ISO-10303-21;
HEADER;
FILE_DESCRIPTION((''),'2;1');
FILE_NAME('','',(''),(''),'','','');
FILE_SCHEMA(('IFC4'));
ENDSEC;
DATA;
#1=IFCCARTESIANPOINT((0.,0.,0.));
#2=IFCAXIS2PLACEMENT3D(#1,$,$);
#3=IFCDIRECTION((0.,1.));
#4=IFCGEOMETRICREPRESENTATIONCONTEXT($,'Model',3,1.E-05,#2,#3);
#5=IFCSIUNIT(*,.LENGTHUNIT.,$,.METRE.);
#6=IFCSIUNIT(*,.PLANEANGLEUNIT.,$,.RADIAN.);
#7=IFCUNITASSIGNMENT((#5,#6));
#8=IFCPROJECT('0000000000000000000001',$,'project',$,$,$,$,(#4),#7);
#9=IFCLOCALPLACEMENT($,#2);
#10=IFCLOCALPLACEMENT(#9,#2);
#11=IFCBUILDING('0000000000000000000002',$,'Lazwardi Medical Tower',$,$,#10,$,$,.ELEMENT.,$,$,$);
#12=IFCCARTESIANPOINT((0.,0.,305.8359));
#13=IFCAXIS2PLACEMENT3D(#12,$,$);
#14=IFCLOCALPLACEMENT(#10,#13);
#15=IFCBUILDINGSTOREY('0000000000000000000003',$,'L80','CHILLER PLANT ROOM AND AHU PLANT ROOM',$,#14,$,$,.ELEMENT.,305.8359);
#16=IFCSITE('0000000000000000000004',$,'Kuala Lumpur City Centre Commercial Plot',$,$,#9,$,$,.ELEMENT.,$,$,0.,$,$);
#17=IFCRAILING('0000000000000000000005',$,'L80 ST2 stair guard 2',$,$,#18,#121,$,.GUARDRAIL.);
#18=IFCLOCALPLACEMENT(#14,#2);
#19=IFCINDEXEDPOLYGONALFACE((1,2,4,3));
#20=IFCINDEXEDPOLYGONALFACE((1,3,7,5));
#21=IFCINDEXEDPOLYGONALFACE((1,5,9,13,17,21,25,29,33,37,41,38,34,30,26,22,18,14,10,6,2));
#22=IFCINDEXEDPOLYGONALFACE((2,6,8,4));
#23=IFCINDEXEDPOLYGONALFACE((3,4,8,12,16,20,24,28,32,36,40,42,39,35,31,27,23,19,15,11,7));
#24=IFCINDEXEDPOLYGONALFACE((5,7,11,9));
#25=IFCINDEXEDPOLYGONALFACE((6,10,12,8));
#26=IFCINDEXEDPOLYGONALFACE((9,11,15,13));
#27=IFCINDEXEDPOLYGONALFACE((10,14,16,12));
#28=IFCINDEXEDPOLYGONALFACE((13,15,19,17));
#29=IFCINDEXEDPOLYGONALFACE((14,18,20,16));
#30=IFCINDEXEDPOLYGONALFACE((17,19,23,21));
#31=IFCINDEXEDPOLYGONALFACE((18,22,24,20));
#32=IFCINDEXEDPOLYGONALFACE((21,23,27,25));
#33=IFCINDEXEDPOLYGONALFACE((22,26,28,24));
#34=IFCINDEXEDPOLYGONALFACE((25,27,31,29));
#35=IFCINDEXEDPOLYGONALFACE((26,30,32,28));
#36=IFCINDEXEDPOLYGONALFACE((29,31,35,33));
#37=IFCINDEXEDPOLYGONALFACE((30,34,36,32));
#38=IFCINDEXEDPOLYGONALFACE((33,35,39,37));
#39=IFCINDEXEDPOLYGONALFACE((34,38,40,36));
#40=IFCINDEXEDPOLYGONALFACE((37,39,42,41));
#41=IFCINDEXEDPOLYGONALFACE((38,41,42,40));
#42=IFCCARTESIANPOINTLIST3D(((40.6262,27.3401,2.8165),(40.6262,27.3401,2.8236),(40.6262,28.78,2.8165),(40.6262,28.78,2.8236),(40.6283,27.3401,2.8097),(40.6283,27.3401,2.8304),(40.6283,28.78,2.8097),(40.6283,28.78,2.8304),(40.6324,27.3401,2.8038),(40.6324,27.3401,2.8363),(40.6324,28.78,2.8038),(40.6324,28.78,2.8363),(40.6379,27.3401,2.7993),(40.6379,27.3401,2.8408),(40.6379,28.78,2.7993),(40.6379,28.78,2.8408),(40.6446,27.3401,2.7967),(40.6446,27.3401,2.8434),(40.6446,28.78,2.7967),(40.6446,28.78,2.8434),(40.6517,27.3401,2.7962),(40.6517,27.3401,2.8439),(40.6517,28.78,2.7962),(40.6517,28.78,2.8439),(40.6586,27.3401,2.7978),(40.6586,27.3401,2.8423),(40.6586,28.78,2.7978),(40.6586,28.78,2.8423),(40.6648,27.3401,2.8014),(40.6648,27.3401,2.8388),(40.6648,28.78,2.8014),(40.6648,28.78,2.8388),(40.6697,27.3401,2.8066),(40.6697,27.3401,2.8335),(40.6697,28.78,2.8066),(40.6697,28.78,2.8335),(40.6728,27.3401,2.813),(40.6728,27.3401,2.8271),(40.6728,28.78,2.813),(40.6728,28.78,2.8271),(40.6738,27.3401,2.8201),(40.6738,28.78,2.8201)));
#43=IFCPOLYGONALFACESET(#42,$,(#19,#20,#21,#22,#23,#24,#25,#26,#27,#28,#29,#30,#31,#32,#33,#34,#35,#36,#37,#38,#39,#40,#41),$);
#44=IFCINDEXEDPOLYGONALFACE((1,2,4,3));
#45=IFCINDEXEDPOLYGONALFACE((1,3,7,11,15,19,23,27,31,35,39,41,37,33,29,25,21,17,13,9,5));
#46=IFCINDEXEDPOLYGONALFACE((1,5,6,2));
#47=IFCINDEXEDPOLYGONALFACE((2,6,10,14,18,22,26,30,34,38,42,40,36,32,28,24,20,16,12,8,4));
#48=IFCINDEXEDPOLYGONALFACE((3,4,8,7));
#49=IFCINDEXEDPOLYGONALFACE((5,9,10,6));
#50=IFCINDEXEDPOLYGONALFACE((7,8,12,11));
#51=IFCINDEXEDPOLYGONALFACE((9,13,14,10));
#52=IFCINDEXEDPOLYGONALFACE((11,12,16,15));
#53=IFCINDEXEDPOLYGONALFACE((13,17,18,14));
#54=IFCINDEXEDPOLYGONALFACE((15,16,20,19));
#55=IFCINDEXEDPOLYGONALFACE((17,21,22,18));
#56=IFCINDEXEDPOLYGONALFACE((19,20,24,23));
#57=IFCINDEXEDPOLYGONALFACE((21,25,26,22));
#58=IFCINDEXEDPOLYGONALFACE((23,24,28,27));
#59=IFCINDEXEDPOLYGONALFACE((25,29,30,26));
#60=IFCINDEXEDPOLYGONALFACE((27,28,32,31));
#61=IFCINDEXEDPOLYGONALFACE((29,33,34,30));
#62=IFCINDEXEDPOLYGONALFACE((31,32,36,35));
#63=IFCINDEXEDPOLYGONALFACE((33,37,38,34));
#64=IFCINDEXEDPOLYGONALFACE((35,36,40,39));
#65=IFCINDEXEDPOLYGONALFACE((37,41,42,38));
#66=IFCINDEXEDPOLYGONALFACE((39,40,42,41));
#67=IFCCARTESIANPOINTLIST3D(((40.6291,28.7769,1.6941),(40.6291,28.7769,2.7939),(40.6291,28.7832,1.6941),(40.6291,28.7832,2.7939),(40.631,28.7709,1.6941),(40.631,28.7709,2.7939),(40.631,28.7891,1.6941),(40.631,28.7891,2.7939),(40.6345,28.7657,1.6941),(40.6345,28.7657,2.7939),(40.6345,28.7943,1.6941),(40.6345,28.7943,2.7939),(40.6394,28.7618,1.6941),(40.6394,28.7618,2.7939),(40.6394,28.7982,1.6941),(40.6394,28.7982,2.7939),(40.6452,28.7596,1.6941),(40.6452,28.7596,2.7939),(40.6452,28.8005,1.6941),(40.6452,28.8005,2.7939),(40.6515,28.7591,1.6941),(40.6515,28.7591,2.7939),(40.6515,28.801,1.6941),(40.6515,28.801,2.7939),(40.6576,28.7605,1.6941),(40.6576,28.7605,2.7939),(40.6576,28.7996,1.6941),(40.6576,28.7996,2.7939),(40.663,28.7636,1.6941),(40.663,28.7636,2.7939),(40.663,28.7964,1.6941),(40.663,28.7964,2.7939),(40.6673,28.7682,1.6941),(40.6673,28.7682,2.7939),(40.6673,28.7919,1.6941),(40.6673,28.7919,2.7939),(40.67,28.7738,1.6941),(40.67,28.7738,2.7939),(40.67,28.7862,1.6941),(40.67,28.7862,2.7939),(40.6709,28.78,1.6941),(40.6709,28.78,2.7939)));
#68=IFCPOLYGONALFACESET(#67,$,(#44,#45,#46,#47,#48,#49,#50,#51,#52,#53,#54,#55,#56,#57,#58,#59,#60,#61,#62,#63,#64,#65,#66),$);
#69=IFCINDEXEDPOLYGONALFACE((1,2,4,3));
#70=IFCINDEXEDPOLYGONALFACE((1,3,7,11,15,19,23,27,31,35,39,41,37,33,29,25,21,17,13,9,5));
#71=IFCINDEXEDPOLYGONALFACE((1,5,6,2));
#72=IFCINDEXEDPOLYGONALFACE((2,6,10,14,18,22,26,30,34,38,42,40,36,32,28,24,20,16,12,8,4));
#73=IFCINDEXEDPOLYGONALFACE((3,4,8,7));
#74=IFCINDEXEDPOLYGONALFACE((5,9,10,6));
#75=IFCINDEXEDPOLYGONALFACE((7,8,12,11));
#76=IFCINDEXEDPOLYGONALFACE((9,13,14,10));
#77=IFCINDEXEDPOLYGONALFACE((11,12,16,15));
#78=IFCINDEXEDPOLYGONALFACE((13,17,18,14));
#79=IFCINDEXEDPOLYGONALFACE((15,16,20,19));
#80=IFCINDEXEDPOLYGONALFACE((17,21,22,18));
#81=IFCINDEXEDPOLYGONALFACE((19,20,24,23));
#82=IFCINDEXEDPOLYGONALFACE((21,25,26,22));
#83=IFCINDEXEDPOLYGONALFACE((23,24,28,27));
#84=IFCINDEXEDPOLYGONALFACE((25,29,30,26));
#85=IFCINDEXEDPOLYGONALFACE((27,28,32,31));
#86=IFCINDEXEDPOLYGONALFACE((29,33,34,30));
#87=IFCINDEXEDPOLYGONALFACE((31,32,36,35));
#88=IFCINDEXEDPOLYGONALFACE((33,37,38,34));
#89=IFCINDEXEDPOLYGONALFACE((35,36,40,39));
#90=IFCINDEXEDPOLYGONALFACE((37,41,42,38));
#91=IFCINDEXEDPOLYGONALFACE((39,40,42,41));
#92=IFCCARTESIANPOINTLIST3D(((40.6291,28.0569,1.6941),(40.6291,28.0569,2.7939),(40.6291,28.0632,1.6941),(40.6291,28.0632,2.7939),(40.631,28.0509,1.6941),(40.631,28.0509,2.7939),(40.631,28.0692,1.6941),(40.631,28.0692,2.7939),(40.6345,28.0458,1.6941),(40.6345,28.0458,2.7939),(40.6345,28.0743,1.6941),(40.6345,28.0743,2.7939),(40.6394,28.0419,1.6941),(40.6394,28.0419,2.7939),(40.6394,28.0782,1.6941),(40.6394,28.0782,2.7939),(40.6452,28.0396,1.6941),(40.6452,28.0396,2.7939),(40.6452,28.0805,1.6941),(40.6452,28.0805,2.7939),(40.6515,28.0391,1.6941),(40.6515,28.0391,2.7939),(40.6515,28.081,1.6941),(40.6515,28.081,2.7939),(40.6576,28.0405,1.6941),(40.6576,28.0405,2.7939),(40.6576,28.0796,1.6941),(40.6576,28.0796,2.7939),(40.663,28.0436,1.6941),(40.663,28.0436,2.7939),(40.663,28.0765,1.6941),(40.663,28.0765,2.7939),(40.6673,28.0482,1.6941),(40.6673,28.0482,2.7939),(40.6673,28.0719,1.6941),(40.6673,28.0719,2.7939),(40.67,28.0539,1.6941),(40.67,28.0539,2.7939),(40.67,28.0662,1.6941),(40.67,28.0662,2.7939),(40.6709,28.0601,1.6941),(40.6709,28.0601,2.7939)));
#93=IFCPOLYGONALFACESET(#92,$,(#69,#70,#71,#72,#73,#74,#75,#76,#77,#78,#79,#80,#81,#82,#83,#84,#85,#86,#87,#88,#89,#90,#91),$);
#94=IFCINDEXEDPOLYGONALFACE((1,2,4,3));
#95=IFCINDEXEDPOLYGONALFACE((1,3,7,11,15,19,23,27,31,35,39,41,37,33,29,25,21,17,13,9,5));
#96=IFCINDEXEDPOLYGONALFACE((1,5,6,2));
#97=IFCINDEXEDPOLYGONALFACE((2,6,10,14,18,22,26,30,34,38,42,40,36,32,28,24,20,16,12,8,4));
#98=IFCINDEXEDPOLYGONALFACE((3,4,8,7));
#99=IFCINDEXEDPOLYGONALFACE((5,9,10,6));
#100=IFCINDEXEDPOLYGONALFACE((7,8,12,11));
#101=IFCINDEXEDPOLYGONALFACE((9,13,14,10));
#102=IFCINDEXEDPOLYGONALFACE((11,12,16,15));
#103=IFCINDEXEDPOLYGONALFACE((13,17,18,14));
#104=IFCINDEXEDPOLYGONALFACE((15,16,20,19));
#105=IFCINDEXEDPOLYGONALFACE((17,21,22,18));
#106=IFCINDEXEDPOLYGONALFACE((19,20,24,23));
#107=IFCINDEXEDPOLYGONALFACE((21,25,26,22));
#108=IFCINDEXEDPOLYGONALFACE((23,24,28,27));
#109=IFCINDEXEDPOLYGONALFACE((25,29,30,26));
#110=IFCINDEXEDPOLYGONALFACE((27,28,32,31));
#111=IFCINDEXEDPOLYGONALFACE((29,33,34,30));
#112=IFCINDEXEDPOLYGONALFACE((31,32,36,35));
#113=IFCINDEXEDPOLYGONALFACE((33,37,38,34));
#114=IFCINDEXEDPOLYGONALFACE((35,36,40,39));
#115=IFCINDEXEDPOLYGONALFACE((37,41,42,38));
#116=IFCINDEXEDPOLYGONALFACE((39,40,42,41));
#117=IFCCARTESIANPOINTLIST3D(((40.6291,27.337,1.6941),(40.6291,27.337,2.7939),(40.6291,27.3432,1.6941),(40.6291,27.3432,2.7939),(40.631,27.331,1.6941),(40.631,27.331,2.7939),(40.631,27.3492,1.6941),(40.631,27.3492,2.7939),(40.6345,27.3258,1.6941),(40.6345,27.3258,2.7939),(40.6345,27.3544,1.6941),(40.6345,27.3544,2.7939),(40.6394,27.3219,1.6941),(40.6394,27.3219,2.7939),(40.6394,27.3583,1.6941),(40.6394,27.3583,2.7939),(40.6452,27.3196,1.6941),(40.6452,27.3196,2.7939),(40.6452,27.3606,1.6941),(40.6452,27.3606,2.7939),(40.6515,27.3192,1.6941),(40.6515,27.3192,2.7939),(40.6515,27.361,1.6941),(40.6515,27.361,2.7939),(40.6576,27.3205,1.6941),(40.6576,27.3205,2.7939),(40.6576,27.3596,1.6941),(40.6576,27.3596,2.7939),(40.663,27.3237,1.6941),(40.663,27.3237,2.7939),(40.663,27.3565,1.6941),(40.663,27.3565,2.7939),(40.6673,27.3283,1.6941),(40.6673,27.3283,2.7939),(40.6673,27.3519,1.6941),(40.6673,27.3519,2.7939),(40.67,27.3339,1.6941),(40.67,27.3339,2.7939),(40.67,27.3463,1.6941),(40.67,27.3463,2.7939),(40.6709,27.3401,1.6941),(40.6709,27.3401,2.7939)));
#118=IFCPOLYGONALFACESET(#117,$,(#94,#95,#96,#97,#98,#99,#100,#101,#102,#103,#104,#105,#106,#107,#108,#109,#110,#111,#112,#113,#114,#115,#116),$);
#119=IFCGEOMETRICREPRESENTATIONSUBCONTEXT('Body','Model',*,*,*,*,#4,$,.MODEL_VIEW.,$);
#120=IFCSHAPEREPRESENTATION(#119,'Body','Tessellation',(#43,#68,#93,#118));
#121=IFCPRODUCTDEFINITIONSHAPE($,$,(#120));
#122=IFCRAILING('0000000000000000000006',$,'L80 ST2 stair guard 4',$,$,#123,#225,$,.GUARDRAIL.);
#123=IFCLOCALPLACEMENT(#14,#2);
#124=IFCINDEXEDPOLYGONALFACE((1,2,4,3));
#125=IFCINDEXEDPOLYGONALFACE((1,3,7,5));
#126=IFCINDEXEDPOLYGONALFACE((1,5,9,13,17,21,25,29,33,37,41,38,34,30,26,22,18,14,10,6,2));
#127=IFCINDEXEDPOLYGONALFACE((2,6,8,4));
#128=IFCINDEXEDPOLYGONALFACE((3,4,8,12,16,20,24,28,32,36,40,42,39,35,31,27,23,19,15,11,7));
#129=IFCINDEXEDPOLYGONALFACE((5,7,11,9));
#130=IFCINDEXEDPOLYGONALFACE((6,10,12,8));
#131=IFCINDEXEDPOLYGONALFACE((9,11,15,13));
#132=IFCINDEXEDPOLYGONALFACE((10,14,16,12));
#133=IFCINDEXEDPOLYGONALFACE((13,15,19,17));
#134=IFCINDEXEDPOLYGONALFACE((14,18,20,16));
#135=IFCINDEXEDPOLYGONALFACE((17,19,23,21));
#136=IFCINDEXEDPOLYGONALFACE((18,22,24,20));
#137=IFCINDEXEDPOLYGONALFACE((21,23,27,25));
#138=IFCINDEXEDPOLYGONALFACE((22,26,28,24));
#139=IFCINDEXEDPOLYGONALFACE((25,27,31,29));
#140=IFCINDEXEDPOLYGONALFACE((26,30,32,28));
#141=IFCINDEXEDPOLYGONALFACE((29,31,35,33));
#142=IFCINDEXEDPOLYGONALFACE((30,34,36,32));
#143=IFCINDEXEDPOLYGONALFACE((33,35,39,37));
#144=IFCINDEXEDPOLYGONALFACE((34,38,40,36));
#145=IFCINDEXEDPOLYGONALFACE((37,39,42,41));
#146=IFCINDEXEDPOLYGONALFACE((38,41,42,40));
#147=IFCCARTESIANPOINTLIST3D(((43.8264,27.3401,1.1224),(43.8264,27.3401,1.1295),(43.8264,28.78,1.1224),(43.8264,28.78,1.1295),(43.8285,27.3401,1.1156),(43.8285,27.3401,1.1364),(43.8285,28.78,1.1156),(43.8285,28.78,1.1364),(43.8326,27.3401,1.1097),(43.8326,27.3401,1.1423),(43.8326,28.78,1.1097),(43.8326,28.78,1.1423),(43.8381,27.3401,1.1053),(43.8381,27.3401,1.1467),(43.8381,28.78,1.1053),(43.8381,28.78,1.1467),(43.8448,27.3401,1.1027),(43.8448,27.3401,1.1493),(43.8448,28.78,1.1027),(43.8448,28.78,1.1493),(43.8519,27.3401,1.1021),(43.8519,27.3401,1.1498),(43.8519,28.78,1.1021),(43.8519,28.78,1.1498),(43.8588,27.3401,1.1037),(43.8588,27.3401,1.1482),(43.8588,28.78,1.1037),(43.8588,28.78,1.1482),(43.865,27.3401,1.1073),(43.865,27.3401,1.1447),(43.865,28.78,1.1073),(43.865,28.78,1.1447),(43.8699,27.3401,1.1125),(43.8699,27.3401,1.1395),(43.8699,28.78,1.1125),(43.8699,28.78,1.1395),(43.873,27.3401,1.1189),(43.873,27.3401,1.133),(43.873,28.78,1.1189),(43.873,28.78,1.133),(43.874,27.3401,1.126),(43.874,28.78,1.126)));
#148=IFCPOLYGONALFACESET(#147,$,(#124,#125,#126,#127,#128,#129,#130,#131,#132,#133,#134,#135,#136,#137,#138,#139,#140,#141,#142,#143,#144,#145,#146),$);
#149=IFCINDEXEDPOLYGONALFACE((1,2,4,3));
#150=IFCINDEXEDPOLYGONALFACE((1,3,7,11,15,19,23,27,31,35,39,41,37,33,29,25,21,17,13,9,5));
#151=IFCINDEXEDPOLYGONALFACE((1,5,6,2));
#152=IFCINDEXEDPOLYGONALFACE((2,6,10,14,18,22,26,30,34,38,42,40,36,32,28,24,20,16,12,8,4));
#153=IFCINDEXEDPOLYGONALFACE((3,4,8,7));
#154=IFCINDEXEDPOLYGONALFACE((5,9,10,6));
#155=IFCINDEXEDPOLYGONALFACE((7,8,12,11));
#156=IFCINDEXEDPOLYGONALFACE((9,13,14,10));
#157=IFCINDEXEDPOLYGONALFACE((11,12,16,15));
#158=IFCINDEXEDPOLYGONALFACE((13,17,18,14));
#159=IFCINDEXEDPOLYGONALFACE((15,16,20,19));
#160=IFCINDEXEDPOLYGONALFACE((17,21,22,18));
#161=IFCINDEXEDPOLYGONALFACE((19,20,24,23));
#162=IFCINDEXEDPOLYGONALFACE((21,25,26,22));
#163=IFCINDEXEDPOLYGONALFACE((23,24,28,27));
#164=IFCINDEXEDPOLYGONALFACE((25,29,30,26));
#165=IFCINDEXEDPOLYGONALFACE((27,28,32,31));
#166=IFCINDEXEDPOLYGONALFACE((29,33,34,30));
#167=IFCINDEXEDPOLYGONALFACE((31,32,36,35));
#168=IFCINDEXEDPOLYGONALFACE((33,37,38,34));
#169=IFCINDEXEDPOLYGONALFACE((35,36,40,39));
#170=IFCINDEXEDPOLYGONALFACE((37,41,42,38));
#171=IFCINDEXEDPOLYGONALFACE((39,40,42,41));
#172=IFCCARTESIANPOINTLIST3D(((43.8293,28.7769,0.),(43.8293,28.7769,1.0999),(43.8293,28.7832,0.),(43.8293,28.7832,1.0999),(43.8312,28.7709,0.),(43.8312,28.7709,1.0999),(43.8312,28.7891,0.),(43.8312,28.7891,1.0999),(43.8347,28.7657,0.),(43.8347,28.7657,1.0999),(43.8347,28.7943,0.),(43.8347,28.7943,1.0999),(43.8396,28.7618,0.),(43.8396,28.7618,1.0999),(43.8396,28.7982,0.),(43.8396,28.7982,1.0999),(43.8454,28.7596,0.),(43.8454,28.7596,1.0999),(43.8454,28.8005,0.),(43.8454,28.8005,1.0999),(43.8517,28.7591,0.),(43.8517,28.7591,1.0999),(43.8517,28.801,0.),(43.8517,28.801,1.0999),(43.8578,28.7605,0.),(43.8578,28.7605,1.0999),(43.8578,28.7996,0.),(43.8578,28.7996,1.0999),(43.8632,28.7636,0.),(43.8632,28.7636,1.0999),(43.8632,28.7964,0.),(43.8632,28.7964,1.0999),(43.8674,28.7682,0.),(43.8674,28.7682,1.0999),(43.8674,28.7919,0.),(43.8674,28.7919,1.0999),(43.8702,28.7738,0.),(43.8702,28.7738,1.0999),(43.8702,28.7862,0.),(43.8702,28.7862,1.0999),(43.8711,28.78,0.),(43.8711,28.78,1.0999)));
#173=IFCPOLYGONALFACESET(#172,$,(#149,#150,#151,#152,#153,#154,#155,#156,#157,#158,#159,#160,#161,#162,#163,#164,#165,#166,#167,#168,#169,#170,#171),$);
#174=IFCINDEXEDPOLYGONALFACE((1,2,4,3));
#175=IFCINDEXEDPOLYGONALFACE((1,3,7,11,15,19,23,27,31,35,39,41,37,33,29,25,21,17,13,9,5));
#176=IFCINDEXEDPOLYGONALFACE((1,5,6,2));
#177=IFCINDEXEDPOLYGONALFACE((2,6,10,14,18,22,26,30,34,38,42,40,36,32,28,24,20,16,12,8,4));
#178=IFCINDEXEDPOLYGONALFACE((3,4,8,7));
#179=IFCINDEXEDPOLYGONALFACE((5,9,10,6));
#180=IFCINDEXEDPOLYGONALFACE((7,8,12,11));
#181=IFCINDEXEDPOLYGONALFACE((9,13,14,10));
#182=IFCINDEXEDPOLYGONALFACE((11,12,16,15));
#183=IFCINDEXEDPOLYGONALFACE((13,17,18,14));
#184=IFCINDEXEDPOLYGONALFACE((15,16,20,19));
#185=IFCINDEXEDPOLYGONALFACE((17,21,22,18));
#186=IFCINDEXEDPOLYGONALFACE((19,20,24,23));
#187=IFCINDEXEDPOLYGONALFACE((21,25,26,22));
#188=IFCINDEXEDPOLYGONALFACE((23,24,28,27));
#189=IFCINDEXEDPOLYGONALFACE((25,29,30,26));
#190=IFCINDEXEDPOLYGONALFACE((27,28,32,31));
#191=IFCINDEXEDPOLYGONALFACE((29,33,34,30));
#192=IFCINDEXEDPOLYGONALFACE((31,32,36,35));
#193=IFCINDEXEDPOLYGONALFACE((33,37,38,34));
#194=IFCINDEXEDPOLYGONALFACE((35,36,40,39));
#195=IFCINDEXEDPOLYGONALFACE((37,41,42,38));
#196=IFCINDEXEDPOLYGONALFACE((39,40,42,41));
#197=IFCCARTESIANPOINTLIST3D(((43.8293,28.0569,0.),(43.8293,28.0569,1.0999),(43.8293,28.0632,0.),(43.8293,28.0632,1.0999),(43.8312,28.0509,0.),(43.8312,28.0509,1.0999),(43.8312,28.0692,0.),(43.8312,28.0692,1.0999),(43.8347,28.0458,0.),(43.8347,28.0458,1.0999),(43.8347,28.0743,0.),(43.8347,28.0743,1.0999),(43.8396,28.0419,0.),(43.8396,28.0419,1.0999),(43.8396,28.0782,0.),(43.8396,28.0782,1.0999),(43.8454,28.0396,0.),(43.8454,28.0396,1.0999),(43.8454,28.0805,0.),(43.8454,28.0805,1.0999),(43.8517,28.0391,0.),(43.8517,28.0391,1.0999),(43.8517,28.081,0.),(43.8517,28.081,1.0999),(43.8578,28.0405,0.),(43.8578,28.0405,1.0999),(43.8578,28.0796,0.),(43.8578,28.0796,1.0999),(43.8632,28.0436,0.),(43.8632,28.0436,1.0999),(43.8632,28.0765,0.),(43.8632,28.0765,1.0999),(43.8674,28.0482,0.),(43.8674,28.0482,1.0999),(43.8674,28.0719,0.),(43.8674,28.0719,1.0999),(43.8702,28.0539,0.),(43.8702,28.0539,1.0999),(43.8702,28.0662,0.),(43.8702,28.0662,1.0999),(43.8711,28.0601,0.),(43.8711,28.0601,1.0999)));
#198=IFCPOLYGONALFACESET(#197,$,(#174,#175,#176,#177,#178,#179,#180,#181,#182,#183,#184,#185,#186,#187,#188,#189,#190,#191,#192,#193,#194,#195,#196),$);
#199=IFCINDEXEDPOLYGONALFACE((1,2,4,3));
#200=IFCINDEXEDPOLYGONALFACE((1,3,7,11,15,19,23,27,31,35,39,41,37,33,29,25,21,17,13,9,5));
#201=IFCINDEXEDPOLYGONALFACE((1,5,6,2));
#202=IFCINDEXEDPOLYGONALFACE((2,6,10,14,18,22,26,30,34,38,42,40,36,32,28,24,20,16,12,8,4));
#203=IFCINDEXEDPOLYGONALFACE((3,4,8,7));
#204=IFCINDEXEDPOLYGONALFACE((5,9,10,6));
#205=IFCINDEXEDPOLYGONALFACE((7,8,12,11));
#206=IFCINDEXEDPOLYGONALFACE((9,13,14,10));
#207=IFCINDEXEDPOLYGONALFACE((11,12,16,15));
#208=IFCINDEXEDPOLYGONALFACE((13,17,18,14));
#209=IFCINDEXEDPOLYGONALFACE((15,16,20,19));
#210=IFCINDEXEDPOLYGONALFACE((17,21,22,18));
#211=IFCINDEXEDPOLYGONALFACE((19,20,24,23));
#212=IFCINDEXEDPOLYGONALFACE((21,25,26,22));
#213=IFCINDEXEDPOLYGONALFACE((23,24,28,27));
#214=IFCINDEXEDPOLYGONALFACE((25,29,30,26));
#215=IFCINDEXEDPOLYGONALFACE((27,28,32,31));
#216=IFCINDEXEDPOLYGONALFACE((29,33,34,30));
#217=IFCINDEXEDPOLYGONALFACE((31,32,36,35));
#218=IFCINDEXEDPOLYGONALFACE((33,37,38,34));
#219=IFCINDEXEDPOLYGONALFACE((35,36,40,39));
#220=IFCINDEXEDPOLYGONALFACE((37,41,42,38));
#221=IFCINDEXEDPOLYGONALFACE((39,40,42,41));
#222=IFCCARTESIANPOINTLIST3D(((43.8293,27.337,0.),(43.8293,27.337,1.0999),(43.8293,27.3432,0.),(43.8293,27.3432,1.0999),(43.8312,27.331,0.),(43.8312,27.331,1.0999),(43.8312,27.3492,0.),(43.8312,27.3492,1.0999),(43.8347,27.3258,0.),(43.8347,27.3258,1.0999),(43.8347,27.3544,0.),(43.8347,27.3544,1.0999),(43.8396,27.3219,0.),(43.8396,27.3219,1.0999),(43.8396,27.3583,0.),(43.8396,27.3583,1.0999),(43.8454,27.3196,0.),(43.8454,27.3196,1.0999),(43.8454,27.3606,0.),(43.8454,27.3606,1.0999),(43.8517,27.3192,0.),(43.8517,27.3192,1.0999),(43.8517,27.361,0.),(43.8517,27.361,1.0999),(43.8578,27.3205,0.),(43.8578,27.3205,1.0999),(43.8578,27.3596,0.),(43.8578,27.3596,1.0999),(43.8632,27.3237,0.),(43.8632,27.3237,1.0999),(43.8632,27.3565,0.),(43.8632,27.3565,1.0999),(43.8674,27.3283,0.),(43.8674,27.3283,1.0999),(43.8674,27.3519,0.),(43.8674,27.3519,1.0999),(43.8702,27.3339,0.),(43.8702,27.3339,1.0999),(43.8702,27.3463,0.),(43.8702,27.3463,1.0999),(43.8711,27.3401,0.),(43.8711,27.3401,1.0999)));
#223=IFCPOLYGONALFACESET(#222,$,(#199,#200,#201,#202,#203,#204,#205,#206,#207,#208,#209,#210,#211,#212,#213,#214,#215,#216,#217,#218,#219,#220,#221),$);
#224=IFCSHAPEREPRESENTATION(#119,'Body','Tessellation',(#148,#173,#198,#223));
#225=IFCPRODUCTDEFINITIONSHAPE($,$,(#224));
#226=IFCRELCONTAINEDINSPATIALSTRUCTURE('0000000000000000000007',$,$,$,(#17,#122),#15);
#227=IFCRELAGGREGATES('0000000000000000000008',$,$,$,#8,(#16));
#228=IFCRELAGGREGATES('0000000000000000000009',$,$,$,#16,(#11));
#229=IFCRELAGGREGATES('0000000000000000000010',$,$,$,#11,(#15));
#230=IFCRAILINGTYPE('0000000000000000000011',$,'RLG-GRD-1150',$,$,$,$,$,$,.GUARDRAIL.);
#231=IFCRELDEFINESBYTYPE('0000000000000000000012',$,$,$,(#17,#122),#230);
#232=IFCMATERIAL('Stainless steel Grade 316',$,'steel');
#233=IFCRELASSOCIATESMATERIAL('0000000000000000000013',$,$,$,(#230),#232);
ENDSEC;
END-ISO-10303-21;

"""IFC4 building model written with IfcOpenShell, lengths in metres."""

from ifc_helpers import new_model, si_unit, direction, frame, origin, origin_2d, place, context, subcontext, project, spatial, circle, extrude, material, type_object, element, save


model = new_model("IFC4")

# Units and contexts
model_context = context("Model", 3, precision=1e-05, world=origin(), true_north=direction((0.0, 1.0)))
body_context = subcontext(model_context, "Body", "Model", "MODEL_VIEW")
ifc_project = project(units=[si_unit("LENGTHUNIT", "METRE"), si_unit("PLANEANGLEUNIT", "RADIAN")], contexts=[model_context])

# Site, building, storey
site_placement = place(None, origin())
site = spatial("IfcSite", under=ifc_project, at=site_placement, Name="Kuala Lumpur City Centre Commercial Plot", CompositionType="ELEMENT", RefElevation=0.0)
building_placement = place(site_placement, origin())
building = spatial("IfcBuilding", under=site, at=building_placement, Name="Lazwardi Medical Tower", CompositionType="ELEMENT")
storey_placement = place(building_placement, frame((0.0, 0.0, 305.8359)))
storey = spatial("IfcBuildingStorey", under=building, at=storey_placement, Name="L80", Description="CHILLER PLANT ROOM AND AHU PLANT ROOM", CompositionType="ELEMENT", Elevation=305.8359)

# Railings
ifc_material_1 = material(Name="Stainless steel Grade 316", Category="steel")
railing_type_1 = type_object("IfcRailingType", Name="RLG-GRD-1150", PredefinedType="GUARDRAIL", material=ifc_material_1)
for number, where, name in (
    (1, (40.6499, 28.78, 1.6941), "L80 ST2 stair guard 2"),
    (2, (43.8501, 28.78, 0.0), "L80 ST2 stair guard 4"),
):
    element("IfcRailing", number, at=place(storey_placement, frame(where)), inside=storey, type_object=railing_type_1, Name=name, PredefinedType="GUARDRAIL", context=body_context, shape_type="SweptSolid", body=[
        extrude(circle(Radius=0.0239, at=origin_2d()), frame((0.0, 0.0, 1.126), z_axis=(0.0, -1.0, 0.0), x_axis=(1.0, 0.0, 0.0)), (0.0, 0.0, 1.0), 1.4399),
        extrude(circle(Radius=0.021, at=origin_2d()), origin(), (0.0, 0.0, 1.0), 1.0999),
        extrude(circle(Radius=0.021, at=origin_2d()), frame((0.0, -0.72, 0.0)), (0.0, 0.0, 1.0), 1.0999),
        extrude(circle(Radius=0.021, at=origin_2d()), frame((0.0, -1.4399, 0.0)), (0.0, 0.0, 1.0), 1.0999),
    ])

save(model, "model.ifc")
